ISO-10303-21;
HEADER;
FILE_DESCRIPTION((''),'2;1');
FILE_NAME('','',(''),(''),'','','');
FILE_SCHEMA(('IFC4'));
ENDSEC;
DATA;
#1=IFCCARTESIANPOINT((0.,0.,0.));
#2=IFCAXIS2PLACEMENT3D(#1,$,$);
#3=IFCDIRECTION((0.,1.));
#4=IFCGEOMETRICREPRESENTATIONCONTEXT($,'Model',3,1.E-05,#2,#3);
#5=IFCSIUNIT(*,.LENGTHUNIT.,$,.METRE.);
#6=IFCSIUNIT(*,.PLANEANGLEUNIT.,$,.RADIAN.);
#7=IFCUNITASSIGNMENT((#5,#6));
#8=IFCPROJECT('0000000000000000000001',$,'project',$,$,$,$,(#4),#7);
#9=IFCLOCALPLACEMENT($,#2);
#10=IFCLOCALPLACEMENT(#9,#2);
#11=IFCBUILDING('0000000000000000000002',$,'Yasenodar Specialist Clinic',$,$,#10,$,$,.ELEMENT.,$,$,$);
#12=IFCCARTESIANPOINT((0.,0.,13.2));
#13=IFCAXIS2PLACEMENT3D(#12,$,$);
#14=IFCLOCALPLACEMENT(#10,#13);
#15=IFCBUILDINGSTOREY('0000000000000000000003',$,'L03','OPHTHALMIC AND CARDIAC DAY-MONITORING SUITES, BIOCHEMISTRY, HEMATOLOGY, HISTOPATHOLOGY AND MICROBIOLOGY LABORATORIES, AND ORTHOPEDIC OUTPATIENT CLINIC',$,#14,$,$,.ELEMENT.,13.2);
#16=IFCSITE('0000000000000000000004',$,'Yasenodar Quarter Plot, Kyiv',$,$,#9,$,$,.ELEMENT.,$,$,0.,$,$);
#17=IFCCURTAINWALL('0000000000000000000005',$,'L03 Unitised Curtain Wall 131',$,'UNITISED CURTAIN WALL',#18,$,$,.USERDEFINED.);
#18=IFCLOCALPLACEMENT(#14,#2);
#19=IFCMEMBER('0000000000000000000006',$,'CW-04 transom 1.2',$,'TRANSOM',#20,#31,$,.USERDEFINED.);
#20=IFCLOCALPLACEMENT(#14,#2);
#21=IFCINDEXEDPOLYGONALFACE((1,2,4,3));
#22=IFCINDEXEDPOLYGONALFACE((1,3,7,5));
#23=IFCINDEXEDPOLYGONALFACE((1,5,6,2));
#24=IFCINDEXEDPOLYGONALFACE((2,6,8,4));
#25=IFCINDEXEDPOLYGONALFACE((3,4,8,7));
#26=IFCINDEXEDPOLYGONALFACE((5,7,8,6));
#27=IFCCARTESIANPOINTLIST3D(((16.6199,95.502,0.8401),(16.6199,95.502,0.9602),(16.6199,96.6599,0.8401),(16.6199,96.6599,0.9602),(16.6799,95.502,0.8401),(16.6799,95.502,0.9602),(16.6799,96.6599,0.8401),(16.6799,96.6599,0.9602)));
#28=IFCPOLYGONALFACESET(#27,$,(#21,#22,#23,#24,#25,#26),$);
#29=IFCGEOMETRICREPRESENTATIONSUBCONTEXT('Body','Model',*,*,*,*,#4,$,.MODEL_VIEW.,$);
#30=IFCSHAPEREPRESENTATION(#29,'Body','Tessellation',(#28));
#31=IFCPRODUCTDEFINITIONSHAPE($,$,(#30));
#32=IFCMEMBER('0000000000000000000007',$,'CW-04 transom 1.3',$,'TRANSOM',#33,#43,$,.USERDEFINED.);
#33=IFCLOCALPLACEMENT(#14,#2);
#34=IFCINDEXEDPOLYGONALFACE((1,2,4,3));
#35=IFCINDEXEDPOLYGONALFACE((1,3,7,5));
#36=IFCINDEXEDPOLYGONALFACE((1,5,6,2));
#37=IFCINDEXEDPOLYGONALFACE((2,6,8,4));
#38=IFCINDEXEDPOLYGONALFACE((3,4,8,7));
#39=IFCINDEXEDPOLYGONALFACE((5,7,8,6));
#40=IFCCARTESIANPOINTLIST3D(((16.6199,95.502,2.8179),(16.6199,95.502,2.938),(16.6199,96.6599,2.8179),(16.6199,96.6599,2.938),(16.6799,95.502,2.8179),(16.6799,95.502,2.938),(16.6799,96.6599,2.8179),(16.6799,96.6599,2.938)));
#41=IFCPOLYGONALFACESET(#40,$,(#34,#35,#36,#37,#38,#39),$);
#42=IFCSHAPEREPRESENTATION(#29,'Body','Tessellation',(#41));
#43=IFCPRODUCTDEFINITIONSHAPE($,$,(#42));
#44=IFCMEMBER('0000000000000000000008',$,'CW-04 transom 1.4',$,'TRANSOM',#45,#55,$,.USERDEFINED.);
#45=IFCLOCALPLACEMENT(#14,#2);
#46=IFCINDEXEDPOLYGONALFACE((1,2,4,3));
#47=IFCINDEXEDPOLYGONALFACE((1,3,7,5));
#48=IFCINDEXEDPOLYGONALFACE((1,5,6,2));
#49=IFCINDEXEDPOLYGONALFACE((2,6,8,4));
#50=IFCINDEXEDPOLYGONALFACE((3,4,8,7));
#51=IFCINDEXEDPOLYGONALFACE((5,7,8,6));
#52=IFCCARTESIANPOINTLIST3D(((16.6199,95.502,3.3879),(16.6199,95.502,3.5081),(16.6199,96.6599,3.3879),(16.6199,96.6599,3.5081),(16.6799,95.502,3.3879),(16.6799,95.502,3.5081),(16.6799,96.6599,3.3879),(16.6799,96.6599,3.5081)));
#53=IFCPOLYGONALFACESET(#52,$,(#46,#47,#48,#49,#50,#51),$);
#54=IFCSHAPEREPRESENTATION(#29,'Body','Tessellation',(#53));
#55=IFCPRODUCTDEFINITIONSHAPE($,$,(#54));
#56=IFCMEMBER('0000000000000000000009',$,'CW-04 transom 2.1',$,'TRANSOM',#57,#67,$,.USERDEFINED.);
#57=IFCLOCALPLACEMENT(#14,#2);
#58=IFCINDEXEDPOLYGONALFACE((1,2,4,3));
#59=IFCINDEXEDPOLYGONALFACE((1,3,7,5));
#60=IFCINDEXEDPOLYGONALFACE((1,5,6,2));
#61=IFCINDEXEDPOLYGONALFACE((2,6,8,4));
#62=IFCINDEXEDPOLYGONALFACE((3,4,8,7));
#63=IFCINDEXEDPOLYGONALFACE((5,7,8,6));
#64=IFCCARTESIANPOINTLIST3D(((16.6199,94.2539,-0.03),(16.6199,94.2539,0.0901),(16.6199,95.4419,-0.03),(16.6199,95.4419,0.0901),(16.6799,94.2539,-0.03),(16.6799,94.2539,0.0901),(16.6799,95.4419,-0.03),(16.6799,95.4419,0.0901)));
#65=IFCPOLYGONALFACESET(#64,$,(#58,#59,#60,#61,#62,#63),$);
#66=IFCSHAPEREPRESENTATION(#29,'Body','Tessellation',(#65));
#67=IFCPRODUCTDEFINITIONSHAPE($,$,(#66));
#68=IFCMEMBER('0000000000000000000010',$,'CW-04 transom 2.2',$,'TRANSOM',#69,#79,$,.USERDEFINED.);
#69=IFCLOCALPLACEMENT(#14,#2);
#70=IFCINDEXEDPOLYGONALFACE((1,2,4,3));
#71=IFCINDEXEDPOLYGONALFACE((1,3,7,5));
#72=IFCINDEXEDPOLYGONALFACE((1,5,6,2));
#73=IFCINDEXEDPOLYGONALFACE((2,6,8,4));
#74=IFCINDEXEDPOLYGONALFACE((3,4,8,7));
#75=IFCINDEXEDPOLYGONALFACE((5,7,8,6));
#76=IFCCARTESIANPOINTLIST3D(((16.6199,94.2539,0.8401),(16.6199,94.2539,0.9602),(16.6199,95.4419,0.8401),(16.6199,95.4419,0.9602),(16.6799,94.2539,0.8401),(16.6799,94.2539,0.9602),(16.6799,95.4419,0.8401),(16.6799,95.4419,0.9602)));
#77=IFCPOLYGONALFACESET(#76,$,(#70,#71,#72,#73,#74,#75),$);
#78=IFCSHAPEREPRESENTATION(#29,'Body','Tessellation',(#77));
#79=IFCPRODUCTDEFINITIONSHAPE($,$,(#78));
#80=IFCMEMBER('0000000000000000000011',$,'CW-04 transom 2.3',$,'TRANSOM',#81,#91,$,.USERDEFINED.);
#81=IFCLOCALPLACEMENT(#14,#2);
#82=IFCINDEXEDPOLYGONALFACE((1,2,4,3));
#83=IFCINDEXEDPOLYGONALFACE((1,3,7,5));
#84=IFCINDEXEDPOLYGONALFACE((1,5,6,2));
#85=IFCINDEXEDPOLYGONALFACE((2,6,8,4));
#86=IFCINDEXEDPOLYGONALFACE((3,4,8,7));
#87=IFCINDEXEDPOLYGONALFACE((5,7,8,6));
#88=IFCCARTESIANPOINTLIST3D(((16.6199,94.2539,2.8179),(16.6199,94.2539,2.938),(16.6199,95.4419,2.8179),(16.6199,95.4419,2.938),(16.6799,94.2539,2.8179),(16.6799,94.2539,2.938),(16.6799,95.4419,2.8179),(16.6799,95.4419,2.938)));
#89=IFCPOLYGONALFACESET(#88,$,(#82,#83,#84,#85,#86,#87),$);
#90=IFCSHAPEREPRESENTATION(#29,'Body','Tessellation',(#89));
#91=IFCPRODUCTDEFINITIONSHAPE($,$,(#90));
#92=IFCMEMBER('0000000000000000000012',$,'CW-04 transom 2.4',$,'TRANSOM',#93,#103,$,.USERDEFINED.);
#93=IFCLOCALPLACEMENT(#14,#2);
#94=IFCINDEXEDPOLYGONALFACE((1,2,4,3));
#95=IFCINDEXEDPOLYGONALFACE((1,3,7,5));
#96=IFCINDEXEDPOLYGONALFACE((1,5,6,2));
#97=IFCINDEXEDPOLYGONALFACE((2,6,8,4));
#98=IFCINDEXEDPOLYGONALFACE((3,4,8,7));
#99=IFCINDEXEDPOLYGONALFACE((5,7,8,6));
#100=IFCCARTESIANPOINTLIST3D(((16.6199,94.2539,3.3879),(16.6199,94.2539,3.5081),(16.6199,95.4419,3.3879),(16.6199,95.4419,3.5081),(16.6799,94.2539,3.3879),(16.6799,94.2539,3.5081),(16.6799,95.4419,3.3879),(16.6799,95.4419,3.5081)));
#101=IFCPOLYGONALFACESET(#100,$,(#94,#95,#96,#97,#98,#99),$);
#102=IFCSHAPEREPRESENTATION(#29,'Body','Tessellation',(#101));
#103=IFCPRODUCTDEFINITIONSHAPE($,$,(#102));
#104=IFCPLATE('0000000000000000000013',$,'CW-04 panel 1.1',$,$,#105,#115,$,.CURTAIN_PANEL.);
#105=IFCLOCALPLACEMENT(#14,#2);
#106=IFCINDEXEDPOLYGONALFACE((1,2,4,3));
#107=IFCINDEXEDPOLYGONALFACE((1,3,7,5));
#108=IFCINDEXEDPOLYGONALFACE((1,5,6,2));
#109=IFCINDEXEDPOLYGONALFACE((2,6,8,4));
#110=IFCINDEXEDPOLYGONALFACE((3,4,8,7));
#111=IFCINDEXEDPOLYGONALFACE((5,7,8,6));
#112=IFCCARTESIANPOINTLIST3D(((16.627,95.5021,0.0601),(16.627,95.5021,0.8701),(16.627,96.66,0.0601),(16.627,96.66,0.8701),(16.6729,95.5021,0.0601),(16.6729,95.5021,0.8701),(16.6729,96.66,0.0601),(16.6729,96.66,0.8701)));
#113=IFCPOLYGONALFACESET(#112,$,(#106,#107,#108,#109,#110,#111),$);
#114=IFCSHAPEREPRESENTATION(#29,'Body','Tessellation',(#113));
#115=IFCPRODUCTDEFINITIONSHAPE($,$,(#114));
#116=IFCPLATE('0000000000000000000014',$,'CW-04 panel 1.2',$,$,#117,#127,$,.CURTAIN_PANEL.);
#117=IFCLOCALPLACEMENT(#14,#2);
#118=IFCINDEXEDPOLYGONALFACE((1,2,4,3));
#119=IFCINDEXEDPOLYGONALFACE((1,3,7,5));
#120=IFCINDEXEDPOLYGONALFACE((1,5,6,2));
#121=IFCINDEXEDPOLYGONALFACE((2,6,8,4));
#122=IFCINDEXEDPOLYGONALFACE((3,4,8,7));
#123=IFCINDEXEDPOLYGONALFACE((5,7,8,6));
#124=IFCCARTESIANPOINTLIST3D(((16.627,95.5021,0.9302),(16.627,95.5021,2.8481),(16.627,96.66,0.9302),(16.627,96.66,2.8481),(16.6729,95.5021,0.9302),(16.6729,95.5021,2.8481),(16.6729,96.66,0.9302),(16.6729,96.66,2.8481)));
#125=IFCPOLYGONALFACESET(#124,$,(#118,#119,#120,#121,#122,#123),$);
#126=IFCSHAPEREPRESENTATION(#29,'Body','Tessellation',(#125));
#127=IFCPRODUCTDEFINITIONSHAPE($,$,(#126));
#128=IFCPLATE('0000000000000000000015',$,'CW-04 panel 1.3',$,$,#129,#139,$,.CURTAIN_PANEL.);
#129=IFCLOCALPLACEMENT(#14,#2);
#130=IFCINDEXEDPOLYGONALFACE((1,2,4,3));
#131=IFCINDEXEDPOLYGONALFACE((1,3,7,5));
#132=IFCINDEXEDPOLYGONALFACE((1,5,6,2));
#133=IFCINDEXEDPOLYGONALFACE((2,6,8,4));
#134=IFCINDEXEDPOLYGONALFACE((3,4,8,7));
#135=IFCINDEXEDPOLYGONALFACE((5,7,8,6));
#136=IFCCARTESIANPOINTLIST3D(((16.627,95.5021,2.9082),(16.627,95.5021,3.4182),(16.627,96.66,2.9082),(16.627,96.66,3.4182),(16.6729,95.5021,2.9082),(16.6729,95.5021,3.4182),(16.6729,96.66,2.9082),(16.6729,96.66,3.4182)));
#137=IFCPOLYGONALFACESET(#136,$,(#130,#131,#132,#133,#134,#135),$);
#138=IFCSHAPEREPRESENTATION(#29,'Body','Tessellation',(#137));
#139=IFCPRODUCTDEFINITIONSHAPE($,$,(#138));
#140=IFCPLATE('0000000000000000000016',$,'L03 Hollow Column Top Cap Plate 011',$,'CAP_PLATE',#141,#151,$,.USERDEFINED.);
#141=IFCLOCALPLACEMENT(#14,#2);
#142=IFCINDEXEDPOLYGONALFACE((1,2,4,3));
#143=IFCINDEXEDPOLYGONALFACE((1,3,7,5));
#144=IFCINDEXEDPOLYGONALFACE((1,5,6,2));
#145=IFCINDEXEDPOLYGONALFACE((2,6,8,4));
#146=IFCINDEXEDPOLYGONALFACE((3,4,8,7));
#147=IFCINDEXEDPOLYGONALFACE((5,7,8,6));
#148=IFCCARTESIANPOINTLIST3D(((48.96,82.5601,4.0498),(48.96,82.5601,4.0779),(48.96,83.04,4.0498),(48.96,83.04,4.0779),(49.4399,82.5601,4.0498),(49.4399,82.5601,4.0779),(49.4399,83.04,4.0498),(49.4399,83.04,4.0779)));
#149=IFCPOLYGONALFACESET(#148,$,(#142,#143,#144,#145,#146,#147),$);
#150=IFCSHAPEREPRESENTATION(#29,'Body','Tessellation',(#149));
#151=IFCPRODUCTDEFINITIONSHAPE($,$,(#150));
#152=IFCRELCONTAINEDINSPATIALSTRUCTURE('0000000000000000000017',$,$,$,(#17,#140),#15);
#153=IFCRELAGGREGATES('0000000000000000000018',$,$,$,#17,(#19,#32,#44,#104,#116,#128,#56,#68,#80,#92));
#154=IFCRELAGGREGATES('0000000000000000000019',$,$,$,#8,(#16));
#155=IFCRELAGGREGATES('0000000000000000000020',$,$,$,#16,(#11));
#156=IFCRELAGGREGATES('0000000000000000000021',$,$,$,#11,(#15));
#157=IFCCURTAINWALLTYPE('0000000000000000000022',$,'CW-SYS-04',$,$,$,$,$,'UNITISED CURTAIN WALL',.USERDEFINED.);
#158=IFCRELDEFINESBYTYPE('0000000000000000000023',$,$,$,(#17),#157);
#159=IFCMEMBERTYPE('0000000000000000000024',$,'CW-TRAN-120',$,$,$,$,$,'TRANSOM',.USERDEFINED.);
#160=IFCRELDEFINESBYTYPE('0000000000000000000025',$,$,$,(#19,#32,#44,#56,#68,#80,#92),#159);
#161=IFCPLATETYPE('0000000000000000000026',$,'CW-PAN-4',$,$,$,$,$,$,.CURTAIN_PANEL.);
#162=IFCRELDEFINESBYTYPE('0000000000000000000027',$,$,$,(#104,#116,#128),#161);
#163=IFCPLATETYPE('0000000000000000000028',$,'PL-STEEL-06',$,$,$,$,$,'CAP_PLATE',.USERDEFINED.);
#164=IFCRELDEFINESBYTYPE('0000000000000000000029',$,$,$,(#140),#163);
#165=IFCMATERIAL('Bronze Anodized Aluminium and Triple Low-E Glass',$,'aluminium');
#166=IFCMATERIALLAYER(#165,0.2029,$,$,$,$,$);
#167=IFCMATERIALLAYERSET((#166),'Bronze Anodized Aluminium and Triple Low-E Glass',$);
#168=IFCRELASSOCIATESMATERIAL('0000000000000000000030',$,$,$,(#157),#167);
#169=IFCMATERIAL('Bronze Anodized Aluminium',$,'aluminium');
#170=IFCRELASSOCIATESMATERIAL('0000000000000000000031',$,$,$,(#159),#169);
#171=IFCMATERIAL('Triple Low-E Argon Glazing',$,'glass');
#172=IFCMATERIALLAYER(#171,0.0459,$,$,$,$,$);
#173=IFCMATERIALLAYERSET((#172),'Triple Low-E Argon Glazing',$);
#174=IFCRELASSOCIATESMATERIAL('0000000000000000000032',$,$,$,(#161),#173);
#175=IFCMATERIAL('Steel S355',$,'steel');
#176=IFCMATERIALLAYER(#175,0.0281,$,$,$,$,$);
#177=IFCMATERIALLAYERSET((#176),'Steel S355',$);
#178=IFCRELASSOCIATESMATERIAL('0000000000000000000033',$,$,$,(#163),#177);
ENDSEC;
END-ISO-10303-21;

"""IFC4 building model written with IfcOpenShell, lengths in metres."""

from ifc_helpers import new_model, si_unit, direction, frame, origin, origin_2d, place, context, subcontext, project, spatial, rectangle, extrude, material, layer, layer_set, material_profile, profile_set, type_object, element, aggregate, save


model = new_model("IFC4")

# Units and contexts
model_context = context("Model", 3, precision=1e-05, world=origin(), true_north=direction((0.0, 1.0)))
body_context = subcontext(model_context, "Body", "Model", "MODEL_VIEW")
ifc_project = project(units=[si_unit("LENGTHUNIT", "METRE"), si_unit("PLANEANGLEUNIT", "RADIAN")], contexts=[model_context])

# Site, building, storey
site_placement = place(None, origin())
site = spatial("IfcSite", under=ifc_project, at=site_placement, Name="Yasenodar Quarter Plot, Kyiv", CompositionType="ELEMENT", RefElevation=0.0)
building_placement = place(site_placement, origin())
building = spatial("IfcBuilding", under=site, at=building_placement, Name="Yasenodar Specialist Clinic", CompositionType="ELEMENT")
storey_placement = place(building_placement, frame((0.0, 0.0, 13.2)))
storey = spatial("IfcBuildingStorey", under=building, at=storey_placement, Name="L03", Description="OPHTHALMIC AND CARDIAC DAY-MONITORING SUITES, BIOCHEMISTRY, HEMATOLOGY, HISTOPATHOLOGY AND MICROBIOLOGY LABORATORIES, AND ORTHOPEDIC OUTPATIENT CLINIC", CompositionType="ELEMENT", Elevation=13.2)

# Shared definitions
ifc_material_1 = material(Name="Steel S355", Category="steel")

# Curtain wall, members, plates
ifc_material_2 = material(Name="Bronze Anodized Aluminium and Triple Low-E Glass", Category="aluminium")
ifc_layer_1 = layer(ifc_material_2, 0.2029)
ifc_layer_set_1 = layer_set([ifc_layer_1], Name="Bronze Anodized Aluminium and Triple Low-E Glass")
curtain_wall_type = type_object("IfcCurtainWallType", Name="CW-SYS-04", ElementType="UNITISED CURTAIN WALL", PredefinedType="USERDEFINED", material=ifc_layer_set_1)
curtain_wall_placement = place(storey_placement, origin())
curtain_wall = element("IfcCurtainWall", 1, at=curtain_wall_placement, inside=storey, type_object=curtain_wall_type, Name="L03 Unitised Curtain Wall 131", ObjectType="UNITISED CURTAIN WALL", PredefinedType="USERDEFINED")
ifc_material_3 = material(Name="Bronze Anodized Aluminium", Category="aluminium")
ifc_material_profile_1 = material_profile(ifc_material_3, rectangle(XDim=0.0601, YDim=0.1201, at=origin_2d()), Name="CW-TRAN 60x120")
ifc_profile_set_1 = profile_set([ifc_material_profile_1], Name="Bronze Anodized Aluminium")
member_type_1 = type_object("IfcMemberType", Name="CW-TRAN-120", ElementType="TRANSOM", PredefinedType="USERDEFINED", material=ifc_profile_set_1)
member_1_placement = place(storey_placement, frame((16.6499, 96.6599, 0.9001), z_axis=(0.0, -1.0, 0.0), x_axis=(1.0, 0.0, 0.0)))
member_1 = element("IfcMember", 2, at=member_1_placement, type_object=member_type_1, Name="CW-04 transom 1.2", ObjectType="TRANSOM", PredefinedType="USERDEFINED", context=body_context, shape_type="SweptSolid", body=[
    extrude(rectangle(XDim=0.0601, YDim=0.1201, at=origin_2d()), origin(), (0.0, 0.0, 1.0), 1.158),
])
member_2_placement = place(storey_placement, frame((16.6499, 96.6599, 2.8779), z_axis=(0.0, -1.0, 0.0), x_axis=(1.0, 0.0, 0.0)))
member_2 = element("IfcMember", 3, at=member_2_placement, type_object=member_type_1, Name="CW-04 transom 1.3", ObjectType="TRANSOM", PredefinedType="USERDEFINED", context=body_context, shape_type="SweptSolid", body=[
    extrude(rectangle(XDim=0.0601, YDim=0.1201, at=origin_2d()), origin(), (0.0, 0.0, 1.0), 1.158),
])
member_3_placement = place(storey_placement, frame((16.6499, 96.6599, 3.448), z_axis=(0.0, -1.0, 0.0), x_axis=(1.0, 0.0, 0.0)))
member_3 = element("IfcMember", 4, at=member_3_placement, type_object=member_type_1, Name="CW-04 transom 1.4", ObjectType="TRANSOM", PredefinedType="USERDEFINED", context=body_context, shape_type="SweptSolid", body=[
    extrude(rectangle(XDim=0.0601, YDim=0.1201, at=origin_2d()), origin(), (0.0, 0.0, 1.0), 1.158),
])
member_4_placement = place(storey_placement, frame((16.6499, 95.4419, 0.03), z_axis=(0.0, -1.0, 0.0), x_axis=(1.0, 0.0, 0.0)))
member_4 = element("IfcMember", 5, at=member_4_placement, type_object=member_type_1, Name="CW-04 transom 2.1", ObjectType="TRANSOM", PredefinedType="USERDEFINED", context=body_context, shape_type="SweptSolid", body=[
    extrude(rectangle(XDim=0.0601, YDim=0.1201, at=origin_2d()), origin(), (0.0, 0.0, 1.0), 1.188),
])
member_5_placement = place(storey_placement, frame((16.6499, 95.4419, 0.9001), z_axis=(0.0, -1.0, 0.0), x_axis=(1.0, 0.0, 0.0)))
member_5 = element("IfcMember", 6, at=member_5_placement, type_object=member_type_1, Name="CW-04 transom 2.2", ObjectType="TRANSOM", PredefinedType="USERDEFINED", context=body_context, shape_type="SweptSolid", body=[
    extrude(rectangle(XDim=0.0601, YDim=0.1201, at=origin_2d()), origin(), (0.0, 0.0, 1.0), 1.188),
])
member_6_placement = place(storey_placement, frame((16.6499, 95.4419, 2.8779), z_axis=(0.0, -1.0, 0.0), x_axis=(1.0, 0.0, 0.0)))
member_6 = element("IfcMember", 7, at=member_6_placement, type_object=member_type_1, Name="CW-04 transom 2.3", ObjectType="TRANSOM", PredefinedType="USERDEFINED", context=body_context, shape_type="SweptSolid", body=[
    extrude(rectangle(XDim=0.0601, YDim=0.1201, at=origin_2d()), origin(), (0.0, 0.0, 1.0), 1.188),
])
member_7_placement = place(storey_placement, frame((16.6499, 95.4419, 3.448), z_axis=(0.0, -1.0, 0.0), x_axis=(1.0, 0.0, 0.0)))
member_7 = element("IfcMember", 8, at=member_7_placement, type_object=member_type_1, Name="CW-04 transom 2.4", ObjectType="TRANSOM", PredefinedType="USERDEFINED", context=body_context, shape_type="SweptSolid", body=[
    extrude(rectangle(XDim=0.0601, YDim=0.1201, at=origin_2d()), origin(), (0.0, 0.0, 1.0), 1.188),
])
ifc_material_4 = material(Name="Triple Low-E Argon Glazing", Category="glass")
ifc_layer_2 = layer(ifc_material_4, 0.0459)
ifc_layer_set_2 = layer_set([ifc_layer_2], Name="Triple Low-E Argon Glazing")
plate_type_1 = type_object("IfcPlateType", Name="CW-PAN-4", PredefinedType="CURTAIN_PANEL", material=ifc_layer_set_2)
plate_1_placement = place(storey_placement, frame((16.6499, 96.0811, 0.0601), z_axis=(0.0, 0.0, 1.0), x_axis=(0.0, -1.0, 0.0)))
plate_1 = element("IfcPlate", 9, at=plate_1_placement, type_object=plate_type_1, Name="CW-04 panel 1.1", PredefinedType="CURTAIN_PANEL", context=body_context, shape_type="SweptSolid", body=[
    extrude(rectangle(XDim=1.158, YDim=0.0459, at=origin_2d()), origin(), (0.0, 0.0, 1.0), 0.8101),
])
plate_2_placement = place(storey_placement, frame((16.6499, 96.0811, 0.9302), z_axis=(0.0, 0.0, 1.0), x_axis=(0.0, -1.0, 0.0)))
plate_2 = element("IfcPlate", 10, at=plate_2_placement, type_object=plate_type_1, Name="CW-04 panel 1.2", PredefinedType="CURTAIN_PANEL", context=body_context, shape_type="SweptSolid", body=[
    extrude(rectangle(XDim=1.158, YDim=0.0459, at=origin_2d()), origin(), (0.0, 0.0, 1.0), 1.918),
])
plate_3_placement = place(storey_placement, frame((16.6499, 96.0811, 2.9082), z_axis=(0.0, 0.0, 1.0), x_axis=(0.0, -1.0, 0.0)))
plate_3 = element("IfcPlate", 11, at=plate_3_placement, type_object=plate_type_1, Name="CW-04 panel 1.3", PredefinedType="CURTAIN_PANEL", context=body_context, shape_type="SweptSolid", body=[
    extrude(rectangle(XDim=1.158, YDim=0.0459, at=origin_2d()), origin(), (0.0, 0.0, 1.0), 0.51),
])
aggregate(curtain_wall, [member_1, member_2, member_3, plate_1, plate_2, plate_3, member_4, member_5, member_6, member_7])

# Plate
ifc_layer_3 = layer(ifc_material_1, 0.0281)
ifc_layer_set_3 = layer_set([ifc_layer_3], Name="Steel S355")
plate_type_2 = type_object("IfcPlateType", Name="PL-STEEL-06", ElementType="CAP_PLATE", PredefinedType="USERDEFINED", material=ifc_layer_set_3)
plate_4_placement = place(storey_placement, frame((49.2, 82.8, 4.0498), z_axis=(0.0, 0.0, 1.0), x_axis=(1.0, 0.0, 0.0)))
element("IfcPlate", 12, at=plate_4_placement, inside=storey, type_object=plate_type_2, Name="L03 Hollow Column Top Cap Plate 011", ObjectType="CAP_PLATE", PredefinedType="USERDEFINED", context=body_context, shape_type="SweptSolid", body=[
    extrude(rectangle(XDim=0.48, YDim=0.48, at=origin_2d()), origin(), (0.0, 0.0, 1.0), 0.0281),
])

save(model, "model.ifc")
